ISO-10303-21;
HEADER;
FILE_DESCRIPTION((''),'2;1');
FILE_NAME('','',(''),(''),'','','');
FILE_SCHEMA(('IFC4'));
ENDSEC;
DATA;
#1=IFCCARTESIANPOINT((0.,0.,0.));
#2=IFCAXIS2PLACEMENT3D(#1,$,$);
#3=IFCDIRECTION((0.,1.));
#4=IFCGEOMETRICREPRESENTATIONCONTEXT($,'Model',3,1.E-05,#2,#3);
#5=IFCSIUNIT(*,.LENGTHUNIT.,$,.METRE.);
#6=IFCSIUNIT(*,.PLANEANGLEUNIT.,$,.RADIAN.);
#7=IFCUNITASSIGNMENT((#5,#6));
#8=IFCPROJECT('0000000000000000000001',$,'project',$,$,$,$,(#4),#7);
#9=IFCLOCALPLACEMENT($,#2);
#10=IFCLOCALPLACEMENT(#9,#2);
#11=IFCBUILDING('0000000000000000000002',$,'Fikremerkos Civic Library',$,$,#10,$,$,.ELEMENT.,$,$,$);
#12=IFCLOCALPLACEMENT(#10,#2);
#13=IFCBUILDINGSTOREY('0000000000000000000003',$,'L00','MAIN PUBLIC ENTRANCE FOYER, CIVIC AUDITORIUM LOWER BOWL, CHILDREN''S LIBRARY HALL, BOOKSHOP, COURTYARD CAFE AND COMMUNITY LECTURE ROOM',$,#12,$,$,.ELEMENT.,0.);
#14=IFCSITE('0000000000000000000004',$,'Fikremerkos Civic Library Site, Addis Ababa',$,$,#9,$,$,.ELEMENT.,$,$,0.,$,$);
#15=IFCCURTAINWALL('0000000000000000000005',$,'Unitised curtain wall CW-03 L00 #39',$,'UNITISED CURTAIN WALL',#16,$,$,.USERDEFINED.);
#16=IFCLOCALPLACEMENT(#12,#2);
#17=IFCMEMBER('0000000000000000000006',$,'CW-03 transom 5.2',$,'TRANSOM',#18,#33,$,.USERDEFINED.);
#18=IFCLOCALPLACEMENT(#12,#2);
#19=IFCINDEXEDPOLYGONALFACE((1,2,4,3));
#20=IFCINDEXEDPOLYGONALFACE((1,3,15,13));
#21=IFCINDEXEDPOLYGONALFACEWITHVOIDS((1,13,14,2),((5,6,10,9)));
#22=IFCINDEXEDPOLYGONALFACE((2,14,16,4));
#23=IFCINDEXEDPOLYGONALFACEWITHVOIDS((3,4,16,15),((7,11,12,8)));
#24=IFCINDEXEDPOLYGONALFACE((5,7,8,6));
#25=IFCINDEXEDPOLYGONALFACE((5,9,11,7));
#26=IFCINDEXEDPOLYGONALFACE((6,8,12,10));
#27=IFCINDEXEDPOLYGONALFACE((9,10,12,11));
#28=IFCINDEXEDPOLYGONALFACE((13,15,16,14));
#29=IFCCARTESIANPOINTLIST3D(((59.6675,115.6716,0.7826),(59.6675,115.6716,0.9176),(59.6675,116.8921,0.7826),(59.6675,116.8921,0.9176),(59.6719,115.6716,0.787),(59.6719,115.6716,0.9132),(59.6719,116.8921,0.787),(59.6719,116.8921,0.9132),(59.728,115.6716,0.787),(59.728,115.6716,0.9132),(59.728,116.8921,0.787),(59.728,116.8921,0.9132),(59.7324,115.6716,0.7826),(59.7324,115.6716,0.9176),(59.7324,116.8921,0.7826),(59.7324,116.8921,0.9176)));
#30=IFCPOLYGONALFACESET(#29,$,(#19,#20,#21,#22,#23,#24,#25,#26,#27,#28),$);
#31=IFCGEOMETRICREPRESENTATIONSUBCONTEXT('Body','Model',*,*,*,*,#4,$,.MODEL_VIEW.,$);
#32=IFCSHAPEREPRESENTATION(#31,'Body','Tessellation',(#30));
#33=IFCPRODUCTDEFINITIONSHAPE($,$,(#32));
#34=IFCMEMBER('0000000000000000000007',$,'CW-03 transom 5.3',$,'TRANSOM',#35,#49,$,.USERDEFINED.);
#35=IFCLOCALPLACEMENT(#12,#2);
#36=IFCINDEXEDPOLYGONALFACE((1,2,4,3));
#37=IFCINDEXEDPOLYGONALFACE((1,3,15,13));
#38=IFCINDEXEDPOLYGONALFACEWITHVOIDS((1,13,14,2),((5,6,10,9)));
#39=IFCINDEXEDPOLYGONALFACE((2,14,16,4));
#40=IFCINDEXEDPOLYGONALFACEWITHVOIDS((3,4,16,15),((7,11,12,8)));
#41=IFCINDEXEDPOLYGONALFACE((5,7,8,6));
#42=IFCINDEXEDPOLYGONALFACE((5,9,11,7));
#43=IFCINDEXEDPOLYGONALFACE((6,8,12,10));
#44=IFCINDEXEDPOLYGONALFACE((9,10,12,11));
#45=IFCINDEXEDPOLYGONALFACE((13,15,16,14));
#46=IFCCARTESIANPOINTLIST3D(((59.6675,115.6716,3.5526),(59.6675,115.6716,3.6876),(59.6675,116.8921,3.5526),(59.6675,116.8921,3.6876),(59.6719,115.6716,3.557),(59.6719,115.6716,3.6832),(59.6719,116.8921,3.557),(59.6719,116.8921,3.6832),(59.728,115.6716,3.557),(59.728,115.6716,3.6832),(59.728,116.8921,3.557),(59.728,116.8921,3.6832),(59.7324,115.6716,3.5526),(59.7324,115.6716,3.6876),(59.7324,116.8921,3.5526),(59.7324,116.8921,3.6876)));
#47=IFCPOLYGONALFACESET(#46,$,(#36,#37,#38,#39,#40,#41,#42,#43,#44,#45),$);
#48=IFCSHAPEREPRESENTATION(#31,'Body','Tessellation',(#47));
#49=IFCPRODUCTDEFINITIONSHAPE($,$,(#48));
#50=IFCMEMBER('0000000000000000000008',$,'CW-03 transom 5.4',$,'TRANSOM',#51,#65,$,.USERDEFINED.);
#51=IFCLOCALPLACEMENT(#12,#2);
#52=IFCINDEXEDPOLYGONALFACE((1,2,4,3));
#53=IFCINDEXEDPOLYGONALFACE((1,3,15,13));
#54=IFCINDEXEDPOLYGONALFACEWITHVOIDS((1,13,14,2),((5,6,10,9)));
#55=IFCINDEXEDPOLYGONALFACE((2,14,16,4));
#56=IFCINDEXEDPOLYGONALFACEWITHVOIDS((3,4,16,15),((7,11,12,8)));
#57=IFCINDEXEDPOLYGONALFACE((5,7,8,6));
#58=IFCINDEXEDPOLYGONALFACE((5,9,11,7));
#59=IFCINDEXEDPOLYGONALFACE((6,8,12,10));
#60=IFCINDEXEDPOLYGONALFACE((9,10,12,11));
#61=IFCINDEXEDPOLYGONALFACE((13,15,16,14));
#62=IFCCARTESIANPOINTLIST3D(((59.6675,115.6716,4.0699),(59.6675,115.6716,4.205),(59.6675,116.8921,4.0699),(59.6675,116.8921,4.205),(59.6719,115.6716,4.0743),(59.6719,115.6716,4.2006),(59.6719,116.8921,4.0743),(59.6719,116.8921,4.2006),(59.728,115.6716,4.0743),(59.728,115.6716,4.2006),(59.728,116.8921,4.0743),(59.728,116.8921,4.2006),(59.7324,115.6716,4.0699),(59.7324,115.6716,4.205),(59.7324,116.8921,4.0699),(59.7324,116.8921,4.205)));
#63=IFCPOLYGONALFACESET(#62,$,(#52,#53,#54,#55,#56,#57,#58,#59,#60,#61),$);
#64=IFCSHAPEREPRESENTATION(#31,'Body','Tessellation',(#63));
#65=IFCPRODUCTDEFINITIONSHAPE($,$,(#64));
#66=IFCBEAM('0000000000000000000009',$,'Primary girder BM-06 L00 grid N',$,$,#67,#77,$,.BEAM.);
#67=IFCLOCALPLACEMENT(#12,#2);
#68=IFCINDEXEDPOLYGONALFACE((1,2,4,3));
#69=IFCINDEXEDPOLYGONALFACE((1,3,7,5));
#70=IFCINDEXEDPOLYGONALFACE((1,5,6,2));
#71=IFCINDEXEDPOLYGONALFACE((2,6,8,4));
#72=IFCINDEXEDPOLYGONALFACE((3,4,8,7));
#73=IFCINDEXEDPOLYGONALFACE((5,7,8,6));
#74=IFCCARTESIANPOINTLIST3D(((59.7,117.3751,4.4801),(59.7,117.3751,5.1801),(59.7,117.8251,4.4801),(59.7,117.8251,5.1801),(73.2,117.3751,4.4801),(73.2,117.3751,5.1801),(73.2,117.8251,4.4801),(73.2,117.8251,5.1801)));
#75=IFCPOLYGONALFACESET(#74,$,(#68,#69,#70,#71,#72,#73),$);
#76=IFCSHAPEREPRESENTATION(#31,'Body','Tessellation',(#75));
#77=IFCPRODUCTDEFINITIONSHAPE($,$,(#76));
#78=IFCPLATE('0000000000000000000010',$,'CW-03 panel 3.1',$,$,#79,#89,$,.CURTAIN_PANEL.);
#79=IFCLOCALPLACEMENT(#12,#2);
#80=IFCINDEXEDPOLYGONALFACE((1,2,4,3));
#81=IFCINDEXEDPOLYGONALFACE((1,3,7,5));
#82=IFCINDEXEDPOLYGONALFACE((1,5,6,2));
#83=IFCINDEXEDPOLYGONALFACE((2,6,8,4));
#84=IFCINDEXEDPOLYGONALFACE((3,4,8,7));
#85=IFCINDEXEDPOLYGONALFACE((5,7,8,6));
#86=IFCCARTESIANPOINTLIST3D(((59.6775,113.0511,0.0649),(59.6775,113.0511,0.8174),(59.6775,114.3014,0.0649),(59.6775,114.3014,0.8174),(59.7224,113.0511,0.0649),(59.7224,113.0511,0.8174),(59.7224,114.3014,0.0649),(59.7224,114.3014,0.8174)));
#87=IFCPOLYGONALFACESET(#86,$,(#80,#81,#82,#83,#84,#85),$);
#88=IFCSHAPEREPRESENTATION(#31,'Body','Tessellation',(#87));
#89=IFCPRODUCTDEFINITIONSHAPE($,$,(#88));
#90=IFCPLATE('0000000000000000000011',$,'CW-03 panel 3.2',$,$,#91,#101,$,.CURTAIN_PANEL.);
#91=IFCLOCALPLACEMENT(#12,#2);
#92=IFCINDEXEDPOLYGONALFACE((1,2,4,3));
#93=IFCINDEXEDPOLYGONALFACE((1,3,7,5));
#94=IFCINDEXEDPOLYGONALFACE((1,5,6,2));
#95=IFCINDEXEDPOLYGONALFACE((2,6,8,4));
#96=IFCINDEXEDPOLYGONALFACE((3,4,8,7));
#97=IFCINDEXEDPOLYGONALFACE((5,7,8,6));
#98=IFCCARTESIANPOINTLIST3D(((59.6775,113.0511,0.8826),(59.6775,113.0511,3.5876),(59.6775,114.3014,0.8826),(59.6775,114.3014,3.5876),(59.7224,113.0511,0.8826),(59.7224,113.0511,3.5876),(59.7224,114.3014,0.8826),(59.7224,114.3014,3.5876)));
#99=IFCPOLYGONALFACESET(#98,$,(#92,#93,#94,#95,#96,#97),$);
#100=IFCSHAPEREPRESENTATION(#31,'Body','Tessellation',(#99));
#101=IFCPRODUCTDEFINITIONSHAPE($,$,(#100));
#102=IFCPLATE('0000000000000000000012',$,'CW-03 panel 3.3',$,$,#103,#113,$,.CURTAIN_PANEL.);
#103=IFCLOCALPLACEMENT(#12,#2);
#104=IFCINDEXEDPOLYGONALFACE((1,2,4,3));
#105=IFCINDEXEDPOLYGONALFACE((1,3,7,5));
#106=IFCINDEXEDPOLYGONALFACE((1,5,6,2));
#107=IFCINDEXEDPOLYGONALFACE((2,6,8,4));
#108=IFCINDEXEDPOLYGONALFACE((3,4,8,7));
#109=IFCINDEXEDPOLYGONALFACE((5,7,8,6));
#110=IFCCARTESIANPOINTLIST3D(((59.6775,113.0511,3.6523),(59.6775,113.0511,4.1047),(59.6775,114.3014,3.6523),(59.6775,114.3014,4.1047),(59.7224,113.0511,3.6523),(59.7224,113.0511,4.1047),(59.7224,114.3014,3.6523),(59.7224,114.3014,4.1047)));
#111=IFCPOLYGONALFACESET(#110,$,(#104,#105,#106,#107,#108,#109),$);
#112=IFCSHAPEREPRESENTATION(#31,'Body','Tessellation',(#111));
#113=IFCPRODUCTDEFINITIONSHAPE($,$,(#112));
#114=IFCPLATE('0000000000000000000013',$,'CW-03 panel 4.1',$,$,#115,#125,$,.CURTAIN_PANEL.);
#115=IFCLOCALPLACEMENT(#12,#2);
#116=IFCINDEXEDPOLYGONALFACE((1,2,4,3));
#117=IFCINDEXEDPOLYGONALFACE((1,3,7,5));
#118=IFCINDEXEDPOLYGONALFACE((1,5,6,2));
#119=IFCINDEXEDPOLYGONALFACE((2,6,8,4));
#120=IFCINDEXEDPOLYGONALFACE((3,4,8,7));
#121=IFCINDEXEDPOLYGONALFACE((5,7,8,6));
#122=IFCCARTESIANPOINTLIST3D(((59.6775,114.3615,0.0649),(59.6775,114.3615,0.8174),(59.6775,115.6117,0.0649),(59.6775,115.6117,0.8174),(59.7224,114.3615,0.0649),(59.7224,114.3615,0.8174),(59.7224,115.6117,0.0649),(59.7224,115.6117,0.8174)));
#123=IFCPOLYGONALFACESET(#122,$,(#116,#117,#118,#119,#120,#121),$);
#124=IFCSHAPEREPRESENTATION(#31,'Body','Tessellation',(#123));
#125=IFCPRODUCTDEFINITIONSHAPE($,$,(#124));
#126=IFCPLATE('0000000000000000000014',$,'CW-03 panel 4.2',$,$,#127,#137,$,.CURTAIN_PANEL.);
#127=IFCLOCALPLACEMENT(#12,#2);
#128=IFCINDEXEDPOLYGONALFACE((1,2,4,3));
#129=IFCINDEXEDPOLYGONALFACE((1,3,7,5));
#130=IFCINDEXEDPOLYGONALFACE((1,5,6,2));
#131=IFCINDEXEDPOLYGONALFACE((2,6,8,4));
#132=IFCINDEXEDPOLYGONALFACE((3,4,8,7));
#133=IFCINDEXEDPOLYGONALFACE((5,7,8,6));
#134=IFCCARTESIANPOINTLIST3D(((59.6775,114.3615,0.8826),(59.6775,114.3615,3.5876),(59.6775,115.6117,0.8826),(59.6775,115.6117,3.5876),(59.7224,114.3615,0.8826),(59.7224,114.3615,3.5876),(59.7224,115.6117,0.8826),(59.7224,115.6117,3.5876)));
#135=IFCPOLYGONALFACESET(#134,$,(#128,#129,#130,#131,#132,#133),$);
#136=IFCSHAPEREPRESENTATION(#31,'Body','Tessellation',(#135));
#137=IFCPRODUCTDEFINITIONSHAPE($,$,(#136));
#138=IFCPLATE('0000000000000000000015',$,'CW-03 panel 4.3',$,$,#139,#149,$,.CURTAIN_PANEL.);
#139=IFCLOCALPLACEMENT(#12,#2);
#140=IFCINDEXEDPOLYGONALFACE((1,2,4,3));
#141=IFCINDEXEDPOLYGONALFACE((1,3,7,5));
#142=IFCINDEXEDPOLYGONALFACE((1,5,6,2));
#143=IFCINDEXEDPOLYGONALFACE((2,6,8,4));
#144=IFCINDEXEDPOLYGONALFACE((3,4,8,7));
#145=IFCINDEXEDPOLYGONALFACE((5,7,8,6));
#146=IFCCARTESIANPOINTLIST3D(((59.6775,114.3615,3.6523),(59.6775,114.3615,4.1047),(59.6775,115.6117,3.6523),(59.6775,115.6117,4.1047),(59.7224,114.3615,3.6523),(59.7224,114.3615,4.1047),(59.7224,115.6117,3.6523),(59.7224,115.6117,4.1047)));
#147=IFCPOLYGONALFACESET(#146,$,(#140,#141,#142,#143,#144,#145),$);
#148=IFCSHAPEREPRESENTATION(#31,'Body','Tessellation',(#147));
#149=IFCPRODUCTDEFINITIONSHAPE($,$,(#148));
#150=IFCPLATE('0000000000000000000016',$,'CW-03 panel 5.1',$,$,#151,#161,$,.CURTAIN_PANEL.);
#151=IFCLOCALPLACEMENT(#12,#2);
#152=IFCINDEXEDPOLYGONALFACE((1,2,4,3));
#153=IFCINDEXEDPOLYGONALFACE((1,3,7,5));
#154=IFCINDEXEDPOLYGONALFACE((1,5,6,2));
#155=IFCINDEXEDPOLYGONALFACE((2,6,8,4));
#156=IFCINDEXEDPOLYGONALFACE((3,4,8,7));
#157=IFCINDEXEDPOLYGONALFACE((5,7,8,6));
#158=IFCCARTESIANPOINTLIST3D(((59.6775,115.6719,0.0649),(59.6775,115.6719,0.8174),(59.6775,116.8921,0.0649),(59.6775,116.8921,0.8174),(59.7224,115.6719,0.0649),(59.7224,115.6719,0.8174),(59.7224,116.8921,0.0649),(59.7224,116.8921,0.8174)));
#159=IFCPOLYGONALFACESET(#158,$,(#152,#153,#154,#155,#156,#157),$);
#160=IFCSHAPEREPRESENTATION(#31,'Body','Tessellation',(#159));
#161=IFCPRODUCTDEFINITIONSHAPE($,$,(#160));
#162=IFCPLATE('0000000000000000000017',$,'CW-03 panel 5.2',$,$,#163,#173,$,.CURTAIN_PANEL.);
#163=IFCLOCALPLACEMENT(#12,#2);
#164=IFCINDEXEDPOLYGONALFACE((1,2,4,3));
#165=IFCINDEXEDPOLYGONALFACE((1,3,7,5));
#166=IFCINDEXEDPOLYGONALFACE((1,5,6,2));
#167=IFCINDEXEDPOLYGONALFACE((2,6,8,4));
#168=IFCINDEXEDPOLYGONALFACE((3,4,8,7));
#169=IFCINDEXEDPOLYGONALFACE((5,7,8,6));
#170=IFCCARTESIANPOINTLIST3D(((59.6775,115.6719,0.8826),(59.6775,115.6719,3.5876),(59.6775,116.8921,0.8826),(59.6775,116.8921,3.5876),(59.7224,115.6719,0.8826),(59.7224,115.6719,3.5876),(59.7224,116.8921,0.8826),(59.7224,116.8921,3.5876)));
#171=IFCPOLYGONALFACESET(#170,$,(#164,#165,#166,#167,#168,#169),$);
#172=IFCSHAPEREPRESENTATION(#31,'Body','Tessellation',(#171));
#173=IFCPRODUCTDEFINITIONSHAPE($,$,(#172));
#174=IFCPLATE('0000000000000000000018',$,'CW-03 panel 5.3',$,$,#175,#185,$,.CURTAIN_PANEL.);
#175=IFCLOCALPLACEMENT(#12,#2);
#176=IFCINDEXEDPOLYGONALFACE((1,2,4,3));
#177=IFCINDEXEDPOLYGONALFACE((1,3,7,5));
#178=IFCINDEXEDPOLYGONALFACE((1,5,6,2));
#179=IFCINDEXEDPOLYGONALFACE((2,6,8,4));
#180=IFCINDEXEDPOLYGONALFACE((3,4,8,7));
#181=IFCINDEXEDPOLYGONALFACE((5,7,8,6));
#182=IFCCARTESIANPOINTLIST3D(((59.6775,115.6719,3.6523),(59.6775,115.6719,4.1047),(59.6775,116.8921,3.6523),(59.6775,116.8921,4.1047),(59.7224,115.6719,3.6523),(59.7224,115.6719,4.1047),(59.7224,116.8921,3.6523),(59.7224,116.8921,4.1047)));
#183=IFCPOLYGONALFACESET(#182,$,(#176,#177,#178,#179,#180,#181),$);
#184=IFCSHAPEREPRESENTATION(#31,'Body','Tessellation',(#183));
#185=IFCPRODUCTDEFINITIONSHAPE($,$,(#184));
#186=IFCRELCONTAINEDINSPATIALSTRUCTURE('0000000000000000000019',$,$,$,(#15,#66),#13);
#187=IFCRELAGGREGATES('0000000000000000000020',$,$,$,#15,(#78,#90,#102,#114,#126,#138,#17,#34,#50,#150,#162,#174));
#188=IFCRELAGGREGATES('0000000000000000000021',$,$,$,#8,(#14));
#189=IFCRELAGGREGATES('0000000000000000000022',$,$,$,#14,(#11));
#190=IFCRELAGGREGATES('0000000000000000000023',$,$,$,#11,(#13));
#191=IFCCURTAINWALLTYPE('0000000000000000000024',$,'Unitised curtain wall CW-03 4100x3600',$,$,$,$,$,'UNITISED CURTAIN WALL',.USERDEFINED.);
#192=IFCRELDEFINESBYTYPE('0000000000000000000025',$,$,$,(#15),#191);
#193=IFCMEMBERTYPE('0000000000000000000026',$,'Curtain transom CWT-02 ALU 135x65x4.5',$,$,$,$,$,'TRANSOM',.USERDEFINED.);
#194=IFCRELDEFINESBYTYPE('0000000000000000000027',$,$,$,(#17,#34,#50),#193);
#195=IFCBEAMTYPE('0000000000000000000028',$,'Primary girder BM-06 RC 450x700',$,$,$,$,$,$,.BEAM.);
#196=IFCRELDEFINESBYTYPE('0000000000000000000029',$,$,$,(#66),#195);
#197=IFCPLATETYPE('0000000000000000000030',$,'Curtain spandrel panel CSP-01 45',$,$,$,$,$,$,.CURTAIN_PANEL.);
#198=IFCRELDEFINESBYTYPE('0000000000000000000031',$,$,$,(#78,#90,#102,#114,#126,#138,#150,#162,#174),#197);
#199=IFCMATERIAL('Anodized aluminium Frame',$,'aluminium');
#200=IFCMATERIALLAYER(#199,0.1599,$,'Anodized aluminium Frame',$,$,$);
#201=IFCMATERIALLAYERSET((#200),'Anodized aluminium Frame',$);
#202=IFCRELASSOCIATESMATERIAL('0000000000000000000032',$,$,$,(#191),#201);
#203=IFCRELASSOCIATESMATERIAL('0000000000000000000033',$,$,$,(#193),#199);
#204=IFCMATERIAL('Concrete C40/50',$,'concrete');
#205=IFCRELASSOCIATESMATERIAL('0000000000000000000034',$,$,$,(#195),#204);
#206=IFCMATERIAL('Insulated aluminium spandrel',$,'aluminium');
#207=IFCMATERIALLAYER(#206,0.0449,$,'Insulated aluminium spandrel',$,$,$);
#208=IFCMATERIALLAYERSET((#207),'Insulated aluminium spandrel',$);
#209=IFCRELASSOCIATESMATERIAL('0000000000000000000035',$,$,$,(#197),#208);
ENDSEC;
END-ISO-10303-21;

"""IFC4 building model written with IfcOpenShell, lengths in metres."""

from ifc_helpers import new_model, si_unit, direction, frame, origin, origin_2d, place, context, subcontext, project, spatial, rectangle, hollow_rectangle, extrude, material, layer, layer_set, material_profile, profile_set, type_object, element, aggregate, save


model = new_model("IFC4")

# Units and contexts
model_context = context("Model", 3, precision=1e-05, world=origin(), true_north=direction((0.0, 1.0)))
body_context = subcontext(model_context, "Body", "Model", "MODEL_VIEW")
ifc_project = project(units=[si_unit("LENGTHUNIT", "METRE"), si_unit("PLANEANGLEUNIT", "RADIAN")], contexts=[model_context])

# Site, building, storey
site_placement = place(None, origin())
site = spatial("IfcSite", under=ifc_project, at=site_placement, Name="Fikremerkos Civic Library Site, Addis Ababa", CompositionType="ELEMENT", RefElevation=0.0)
building_placement = place(site_placement, origin())
building = spatial("IfcBuilding", under=site, at=building_placement, Name="Fikremerkos Civic Library", CompositionType="ELEMENT")
storey_placement = place(building_placement, origin())
storey = spatial("IfcBuildingStorey", under=building, at=storey_placement, Name="L00", Description="MAIN PUBLIC ENTRANCE FOYER, CIVIC AUDITORIUM LOWER BOWL, CHILDREN'S LIBRARY HALL, BOOKSHOP, COURTYARD CAFE AND COMMUNITY LECTURE ROOM", CompositionType="ELEMENT", Elevation=0.0)

# Shared definitions
ifc_material_1 = material(Name="Concrete C40/50", Category="concrete")

# Curtain wall, members
ifc_material_2 = material(Name="Anodized aluminium Frame", Category="aluminium")
ifc_layer_1 = layer(ifc_material_2, 0.1599, Name="Anodized aluminium Frame")
ifc_layer_set_1 = layer_set([ifc_layer_1], Name="Anodized aluminium Frame")
curtain_wall_type = type_object("IfcCurtainWallType", Name="Unitised curtain wall CW-03 4100x3600", ElementType="UNITISED CURTAIN WALL", PredefinedType="USERDEFINED", material=ifc_layer_set_1)
curtain_wall_placement = place(storey_placement, origin())
curtain_wall = element("IfcCurtainWall", 1, at=curtain_wall_placement, inside=storey, type_object=curtain_wall_type, Name="Unitised curtain wall CW-03 L00 #39", ObjectType="UNITISED CURTAIN WALL", PredefinedType="USERDEFINED")
ifc_material_profile_1 = material_profile(ifc_material_2, hollow_rectangle(XDim=0.0649, YDim=0.135, WallThickness=0.0044, at=origin_2d()), Name="ALU 135x65x4.5")
ifc_profile_set_1 = profile_set([ifc_material_profile_1], Name="Anodized aluminium Frame")
member_type_1 = type_object("IfcMemberType", Name="Curtain transom CWT-02 ALU 135x65x4.5", ElementType="TRANSOM", PredefinedType="USERDEFINED", material=ifc_profile_set_1)
member_1_placement = place(storey_placement, frame((59.7, 115.6716, 0.8501), z_axis=(0.0, 1.0, 0.0), x_axis=(-1.0, 0.0, 0.0)))
member_1 = element("IfcMember", 2, at=member_1_placement, type_object=member_type_1, Name="CW-03 transom 5.2", ObjectType="TRANSOM", PredefinedType="USERDEFINED", context=body_context, shape_type="SweptSolid", body=[
    extrude(hollow_rectangle(XDim=0.0649, YDim=0.135, WallThickness=0.0044, at=origin_2d()), origin(), (0.0, 0.0, 1.0), 1.2205),
])
member_2_placement = place(storey_placement, frame((59.7, 115.6716, 3.6201), z_axis=(0.0, 1.0, 0.0), x_axis=(-1.0, 0.0, 0.0)))
member_2 = element("IfcMember", 3, at=member_2_placement, type_object=member_type_1, Name="CW-03 transom 5.3", ObjectType="TRANSOM", PredefinedType="USERDEFINED", context=body_context, shape_type="SweptSolid", body=[
    extrude(hollow_rectangle(XDim=0.0649, YDim=0.135, WallThickness=0.0044, at=origin_2d()), origin(), (0.0, 0.0, 1.0), 1.2205),
])
member_3_placement = place(storey_placement, frame((59.7, 115.6716, 4.1375), z_axis=(0.0, 1.0, 0.0), x_axis=(-1.0, 0.0, 0.0)))
member_3 = element("IfcMember", 4, at=member_3_placement, type_object=member_type_1, Name="CW-03 transom 5.4", ObjectType="TRANSOM", PredefinedType="USERDEFINED", context=body_context, shape_type="SweptSolid", body=[
    extrude(hollow_rectangle(XDim=0.0649, YDim=0.135, WallThickness=0.0044, at=origin_2d()), origin(), (0.0, 0.0, 1.0), 1.2205),
])

# Beam
ifc_material_profile_2 = material_profile(ifc_material_1, rectangle(XDim=0.45, YDim=0.7, at=origin_2d()), Name="RC 450x700")
ifc_profile_set_2 = profile_set([ifc_material_profile_2], Name="Concrete C40/50")
beam_type = type_object("IfcBeamType", Name="Primary girder BM-06 RC 450x700", PredefinedType="BEAM", material=ifc_profile_set_2)
beam_placement = place(storey_placement, frame((59.7, 117.6001, 4.8301), z_axis=(1.0, 0.0, 0.0), x_axis=(0.0, 1.0, 0.0)))
element("IfcBeam", 5, at=beam_placement, inside=storey, type_object=beam_type, Name="Primary girder BM-06 L00 grid N", PredefinedType="BEAM", context=body_context, shape_type="SweptSolid", body=[
    extrude(rectangle(XDim=0.45, YDim=0.7, at=origin_2d()), origin(), (0.0, 0.0, 1.0), 13.5),
])

# Plates
ifc_material_3 = material(Name="Insulated aluminium spandrel", Category="aluminium")
ifc_layer_2 = layer(ifc_material_3, 0.0449, Name="Insulated aluminium spandrel")
ifc_layer_set_2 = layer_set([ifc_layer_2], Name="Insulated aluminium spandrel")
plate_type = type_object("IfcPlateType", Name="Curtain spandrel panel CSP-01 45", PredefinedType="CURTAIN_PANEL", material=ifc_layer_set_2)
plate_1_placement = place(storey_placement, frame((59.7, 113.6763, 0.0649), z_axis=(0.0, 0.0, 1.0), x_axis=(0.0, 1.0, 0.0)))
plate_1 = element("IfcPlate", 6, at=plate_1_placement, type_object=plate_type, Name="CW-03 panel 3.1", PredefinedType="CURTAIN_PANEL", context=body_context, shape_type="SweptSolid", body=[
    extrude(rectangle(XDim=1.2502, YDim=0.0449, at=origin_2d()), origin(), (0.0, 0.0, 1.0), 0.7524),
])
plate_2_placement = place(storey_placement, frame((59.7, 113.6763, 0.8826), z_axis=(0.0, 0.0, 1.0), x_axis=(0.0, 1.0, 0.0)))
plate_2 = element("IfcPlate", 7, at=plate_2_placement, type_object=plate_type, Name="CW-03 panel 3.2", PredefinedType="CURTAIN_PANEL", context=body_context, shape_type="SweptSolid", body=[
    extrude(rectangle(XDim=1.2502, YDim=0.0449, at=origin_2d()), origin(), (0.0, 0.0, 1.0), 2.7051),
])
plate_3_placement = place(storey_placement, frame((59.7, 113.6763, 3.6523), z_axis=(0.0, 0.0, 1.0), x_axis=(0.0, 1.0, 0.0)))
plate_3 = element("IfcPlate", 8, at=plate_3_placement, type_object=plate_type, Name="CW-03 panel 3.3", PredefinedType="CURTAIN_PANEL", context=body_context, shape_type="SweptSolid", body=[
    extrude(rectangle(XDim=1.2502, YDim=0.0449, at=origin_2d()), origin(), (0.0, 0.0, 1.0), 0.4524),
])
plate_4_placement = place(storey_placement, frame((59.7, 114.9866, 0.0649), z_axis=(0.0, 0.0, 1.0), x_axis=(0.0, 1.0, 0.0)))
plate_4 = element("IfcPlate", 9, at=plate_4_placement, type_object=plate_type, Name="CW-03 panel 4.1", PredefinedType="CURTAIN_PANEL", context=body_context, shape_type="SweptSolid", body=[
    extrude(rectangle(XDim=1.2502, YDim=0.0449, at=origin_2d()), origin(), (0.0, 0.0, 1.0), 0.7524),
])
plate_5_placement = place(storey_placement, frame((59.7, 114.9866, 0.8826), z_axis=(0.0, 0.0, 1.0), x_axis=(0.0, 1.0, 0.0)))
plate_5 = element("IfcPlate", 10, at=plate_5_placement, type_object=plate_type, Name="CW-03 panel 4.2", PredefinedType="CURTAIN_PANEL", context=body_context, shape_type="SweptSolid", body=[
    extrude(rectangle(XDim=1.2502, YDim=0.0449, at=origin_2d()), origin(), (0.0, 0.0, 1.0), 2.7051),
])
plate_6_placement = place(storey_placement, frame((59.7, 114.9866, 3.6523), z_axis=(0.0, 0.0, 1.0), x_axis=(0.0, 1.0, 0.0)))
plate_6 = element("IfcPlate", 11, at=plate_6_placement, type_object=plate_type, Name="CW-03 panel 4.3", PredefinedType="CURTAIN_PANEL", context=body_context, shape_type="SweptSolid", body=[
    extrude(rectangle(XDim=1.2502, YDim=0.0449, at=origin_2d()), origin(), (0.0, 0.0, 1.0), 0.4524),
])
plate_7_placement = place(storey_placement, frame((59.7, 116.282, 0.0649), z_axis=(0.0, 0.0, 1.0), x_axis=(0.0, 1.0, 0.0)))
plate_7 = element("IfcPlate", 12, at=plate_7_placement, type_object=plate_type, Name="CW-03 panel 5.1", PredefinedType="CURTAIN_PANEL", context=body_context, shape_type="SweptSolid", body=[
    extrude(rectangle(XDim=1.2202, YDim=0.0449, at=origin_2d()), origin(), (0.0, 0.0, 1.0), 0.7524),
])
plate_8_placement = place(storey_placement, frame((59.7, 116.282, 0.8826), z_axis=(0.0, 0.0, 1.0), x_axis=(0.0, 1.0, 0.0)))
plate_8 = element("IfcPlate", 13, at=plate_8_placement, type_object=plate_type, Name="CW-03 panel 5.2", PredefinedType="CURTAIN_PANEL", context=body_context, shape_type="SweptSolid", body=[
    extrude(rectangle(XDim=1.2202, YDim=0.0449, at=origin_2d()), origin(), (0.0, 0.0, 1.0), 2.7051),
])
plate_9_placement = place(storey_placement, frame((59.7, 116.282, 3.6523), z_axis=(0.0, 0.0, 1.0), x_axis=(0.0, 1.0, 0.0)))
plate_9 = element("IfcPlate", 14, at=plate_9_placement, type_object=plate_type, Name="CW-03 panel 5.3", PredefinedType="CURTAIN_PANEL", context=body_context, shape_type="SweptSolid", body=[
    extrude(rectangle(XDim=1.2202, YDim=0.0449, at=origin_2d()), origin(), (0.0, 0.0, 1.0), 0.4524),
])
aggregate(curtain_wall, [plate_1, plate_2, plate_3, plate_4, plate_5, plate_6, member_1, member_2, member_3, plate_7, plate_8, plate_9])

save(model, "model.ifc")
